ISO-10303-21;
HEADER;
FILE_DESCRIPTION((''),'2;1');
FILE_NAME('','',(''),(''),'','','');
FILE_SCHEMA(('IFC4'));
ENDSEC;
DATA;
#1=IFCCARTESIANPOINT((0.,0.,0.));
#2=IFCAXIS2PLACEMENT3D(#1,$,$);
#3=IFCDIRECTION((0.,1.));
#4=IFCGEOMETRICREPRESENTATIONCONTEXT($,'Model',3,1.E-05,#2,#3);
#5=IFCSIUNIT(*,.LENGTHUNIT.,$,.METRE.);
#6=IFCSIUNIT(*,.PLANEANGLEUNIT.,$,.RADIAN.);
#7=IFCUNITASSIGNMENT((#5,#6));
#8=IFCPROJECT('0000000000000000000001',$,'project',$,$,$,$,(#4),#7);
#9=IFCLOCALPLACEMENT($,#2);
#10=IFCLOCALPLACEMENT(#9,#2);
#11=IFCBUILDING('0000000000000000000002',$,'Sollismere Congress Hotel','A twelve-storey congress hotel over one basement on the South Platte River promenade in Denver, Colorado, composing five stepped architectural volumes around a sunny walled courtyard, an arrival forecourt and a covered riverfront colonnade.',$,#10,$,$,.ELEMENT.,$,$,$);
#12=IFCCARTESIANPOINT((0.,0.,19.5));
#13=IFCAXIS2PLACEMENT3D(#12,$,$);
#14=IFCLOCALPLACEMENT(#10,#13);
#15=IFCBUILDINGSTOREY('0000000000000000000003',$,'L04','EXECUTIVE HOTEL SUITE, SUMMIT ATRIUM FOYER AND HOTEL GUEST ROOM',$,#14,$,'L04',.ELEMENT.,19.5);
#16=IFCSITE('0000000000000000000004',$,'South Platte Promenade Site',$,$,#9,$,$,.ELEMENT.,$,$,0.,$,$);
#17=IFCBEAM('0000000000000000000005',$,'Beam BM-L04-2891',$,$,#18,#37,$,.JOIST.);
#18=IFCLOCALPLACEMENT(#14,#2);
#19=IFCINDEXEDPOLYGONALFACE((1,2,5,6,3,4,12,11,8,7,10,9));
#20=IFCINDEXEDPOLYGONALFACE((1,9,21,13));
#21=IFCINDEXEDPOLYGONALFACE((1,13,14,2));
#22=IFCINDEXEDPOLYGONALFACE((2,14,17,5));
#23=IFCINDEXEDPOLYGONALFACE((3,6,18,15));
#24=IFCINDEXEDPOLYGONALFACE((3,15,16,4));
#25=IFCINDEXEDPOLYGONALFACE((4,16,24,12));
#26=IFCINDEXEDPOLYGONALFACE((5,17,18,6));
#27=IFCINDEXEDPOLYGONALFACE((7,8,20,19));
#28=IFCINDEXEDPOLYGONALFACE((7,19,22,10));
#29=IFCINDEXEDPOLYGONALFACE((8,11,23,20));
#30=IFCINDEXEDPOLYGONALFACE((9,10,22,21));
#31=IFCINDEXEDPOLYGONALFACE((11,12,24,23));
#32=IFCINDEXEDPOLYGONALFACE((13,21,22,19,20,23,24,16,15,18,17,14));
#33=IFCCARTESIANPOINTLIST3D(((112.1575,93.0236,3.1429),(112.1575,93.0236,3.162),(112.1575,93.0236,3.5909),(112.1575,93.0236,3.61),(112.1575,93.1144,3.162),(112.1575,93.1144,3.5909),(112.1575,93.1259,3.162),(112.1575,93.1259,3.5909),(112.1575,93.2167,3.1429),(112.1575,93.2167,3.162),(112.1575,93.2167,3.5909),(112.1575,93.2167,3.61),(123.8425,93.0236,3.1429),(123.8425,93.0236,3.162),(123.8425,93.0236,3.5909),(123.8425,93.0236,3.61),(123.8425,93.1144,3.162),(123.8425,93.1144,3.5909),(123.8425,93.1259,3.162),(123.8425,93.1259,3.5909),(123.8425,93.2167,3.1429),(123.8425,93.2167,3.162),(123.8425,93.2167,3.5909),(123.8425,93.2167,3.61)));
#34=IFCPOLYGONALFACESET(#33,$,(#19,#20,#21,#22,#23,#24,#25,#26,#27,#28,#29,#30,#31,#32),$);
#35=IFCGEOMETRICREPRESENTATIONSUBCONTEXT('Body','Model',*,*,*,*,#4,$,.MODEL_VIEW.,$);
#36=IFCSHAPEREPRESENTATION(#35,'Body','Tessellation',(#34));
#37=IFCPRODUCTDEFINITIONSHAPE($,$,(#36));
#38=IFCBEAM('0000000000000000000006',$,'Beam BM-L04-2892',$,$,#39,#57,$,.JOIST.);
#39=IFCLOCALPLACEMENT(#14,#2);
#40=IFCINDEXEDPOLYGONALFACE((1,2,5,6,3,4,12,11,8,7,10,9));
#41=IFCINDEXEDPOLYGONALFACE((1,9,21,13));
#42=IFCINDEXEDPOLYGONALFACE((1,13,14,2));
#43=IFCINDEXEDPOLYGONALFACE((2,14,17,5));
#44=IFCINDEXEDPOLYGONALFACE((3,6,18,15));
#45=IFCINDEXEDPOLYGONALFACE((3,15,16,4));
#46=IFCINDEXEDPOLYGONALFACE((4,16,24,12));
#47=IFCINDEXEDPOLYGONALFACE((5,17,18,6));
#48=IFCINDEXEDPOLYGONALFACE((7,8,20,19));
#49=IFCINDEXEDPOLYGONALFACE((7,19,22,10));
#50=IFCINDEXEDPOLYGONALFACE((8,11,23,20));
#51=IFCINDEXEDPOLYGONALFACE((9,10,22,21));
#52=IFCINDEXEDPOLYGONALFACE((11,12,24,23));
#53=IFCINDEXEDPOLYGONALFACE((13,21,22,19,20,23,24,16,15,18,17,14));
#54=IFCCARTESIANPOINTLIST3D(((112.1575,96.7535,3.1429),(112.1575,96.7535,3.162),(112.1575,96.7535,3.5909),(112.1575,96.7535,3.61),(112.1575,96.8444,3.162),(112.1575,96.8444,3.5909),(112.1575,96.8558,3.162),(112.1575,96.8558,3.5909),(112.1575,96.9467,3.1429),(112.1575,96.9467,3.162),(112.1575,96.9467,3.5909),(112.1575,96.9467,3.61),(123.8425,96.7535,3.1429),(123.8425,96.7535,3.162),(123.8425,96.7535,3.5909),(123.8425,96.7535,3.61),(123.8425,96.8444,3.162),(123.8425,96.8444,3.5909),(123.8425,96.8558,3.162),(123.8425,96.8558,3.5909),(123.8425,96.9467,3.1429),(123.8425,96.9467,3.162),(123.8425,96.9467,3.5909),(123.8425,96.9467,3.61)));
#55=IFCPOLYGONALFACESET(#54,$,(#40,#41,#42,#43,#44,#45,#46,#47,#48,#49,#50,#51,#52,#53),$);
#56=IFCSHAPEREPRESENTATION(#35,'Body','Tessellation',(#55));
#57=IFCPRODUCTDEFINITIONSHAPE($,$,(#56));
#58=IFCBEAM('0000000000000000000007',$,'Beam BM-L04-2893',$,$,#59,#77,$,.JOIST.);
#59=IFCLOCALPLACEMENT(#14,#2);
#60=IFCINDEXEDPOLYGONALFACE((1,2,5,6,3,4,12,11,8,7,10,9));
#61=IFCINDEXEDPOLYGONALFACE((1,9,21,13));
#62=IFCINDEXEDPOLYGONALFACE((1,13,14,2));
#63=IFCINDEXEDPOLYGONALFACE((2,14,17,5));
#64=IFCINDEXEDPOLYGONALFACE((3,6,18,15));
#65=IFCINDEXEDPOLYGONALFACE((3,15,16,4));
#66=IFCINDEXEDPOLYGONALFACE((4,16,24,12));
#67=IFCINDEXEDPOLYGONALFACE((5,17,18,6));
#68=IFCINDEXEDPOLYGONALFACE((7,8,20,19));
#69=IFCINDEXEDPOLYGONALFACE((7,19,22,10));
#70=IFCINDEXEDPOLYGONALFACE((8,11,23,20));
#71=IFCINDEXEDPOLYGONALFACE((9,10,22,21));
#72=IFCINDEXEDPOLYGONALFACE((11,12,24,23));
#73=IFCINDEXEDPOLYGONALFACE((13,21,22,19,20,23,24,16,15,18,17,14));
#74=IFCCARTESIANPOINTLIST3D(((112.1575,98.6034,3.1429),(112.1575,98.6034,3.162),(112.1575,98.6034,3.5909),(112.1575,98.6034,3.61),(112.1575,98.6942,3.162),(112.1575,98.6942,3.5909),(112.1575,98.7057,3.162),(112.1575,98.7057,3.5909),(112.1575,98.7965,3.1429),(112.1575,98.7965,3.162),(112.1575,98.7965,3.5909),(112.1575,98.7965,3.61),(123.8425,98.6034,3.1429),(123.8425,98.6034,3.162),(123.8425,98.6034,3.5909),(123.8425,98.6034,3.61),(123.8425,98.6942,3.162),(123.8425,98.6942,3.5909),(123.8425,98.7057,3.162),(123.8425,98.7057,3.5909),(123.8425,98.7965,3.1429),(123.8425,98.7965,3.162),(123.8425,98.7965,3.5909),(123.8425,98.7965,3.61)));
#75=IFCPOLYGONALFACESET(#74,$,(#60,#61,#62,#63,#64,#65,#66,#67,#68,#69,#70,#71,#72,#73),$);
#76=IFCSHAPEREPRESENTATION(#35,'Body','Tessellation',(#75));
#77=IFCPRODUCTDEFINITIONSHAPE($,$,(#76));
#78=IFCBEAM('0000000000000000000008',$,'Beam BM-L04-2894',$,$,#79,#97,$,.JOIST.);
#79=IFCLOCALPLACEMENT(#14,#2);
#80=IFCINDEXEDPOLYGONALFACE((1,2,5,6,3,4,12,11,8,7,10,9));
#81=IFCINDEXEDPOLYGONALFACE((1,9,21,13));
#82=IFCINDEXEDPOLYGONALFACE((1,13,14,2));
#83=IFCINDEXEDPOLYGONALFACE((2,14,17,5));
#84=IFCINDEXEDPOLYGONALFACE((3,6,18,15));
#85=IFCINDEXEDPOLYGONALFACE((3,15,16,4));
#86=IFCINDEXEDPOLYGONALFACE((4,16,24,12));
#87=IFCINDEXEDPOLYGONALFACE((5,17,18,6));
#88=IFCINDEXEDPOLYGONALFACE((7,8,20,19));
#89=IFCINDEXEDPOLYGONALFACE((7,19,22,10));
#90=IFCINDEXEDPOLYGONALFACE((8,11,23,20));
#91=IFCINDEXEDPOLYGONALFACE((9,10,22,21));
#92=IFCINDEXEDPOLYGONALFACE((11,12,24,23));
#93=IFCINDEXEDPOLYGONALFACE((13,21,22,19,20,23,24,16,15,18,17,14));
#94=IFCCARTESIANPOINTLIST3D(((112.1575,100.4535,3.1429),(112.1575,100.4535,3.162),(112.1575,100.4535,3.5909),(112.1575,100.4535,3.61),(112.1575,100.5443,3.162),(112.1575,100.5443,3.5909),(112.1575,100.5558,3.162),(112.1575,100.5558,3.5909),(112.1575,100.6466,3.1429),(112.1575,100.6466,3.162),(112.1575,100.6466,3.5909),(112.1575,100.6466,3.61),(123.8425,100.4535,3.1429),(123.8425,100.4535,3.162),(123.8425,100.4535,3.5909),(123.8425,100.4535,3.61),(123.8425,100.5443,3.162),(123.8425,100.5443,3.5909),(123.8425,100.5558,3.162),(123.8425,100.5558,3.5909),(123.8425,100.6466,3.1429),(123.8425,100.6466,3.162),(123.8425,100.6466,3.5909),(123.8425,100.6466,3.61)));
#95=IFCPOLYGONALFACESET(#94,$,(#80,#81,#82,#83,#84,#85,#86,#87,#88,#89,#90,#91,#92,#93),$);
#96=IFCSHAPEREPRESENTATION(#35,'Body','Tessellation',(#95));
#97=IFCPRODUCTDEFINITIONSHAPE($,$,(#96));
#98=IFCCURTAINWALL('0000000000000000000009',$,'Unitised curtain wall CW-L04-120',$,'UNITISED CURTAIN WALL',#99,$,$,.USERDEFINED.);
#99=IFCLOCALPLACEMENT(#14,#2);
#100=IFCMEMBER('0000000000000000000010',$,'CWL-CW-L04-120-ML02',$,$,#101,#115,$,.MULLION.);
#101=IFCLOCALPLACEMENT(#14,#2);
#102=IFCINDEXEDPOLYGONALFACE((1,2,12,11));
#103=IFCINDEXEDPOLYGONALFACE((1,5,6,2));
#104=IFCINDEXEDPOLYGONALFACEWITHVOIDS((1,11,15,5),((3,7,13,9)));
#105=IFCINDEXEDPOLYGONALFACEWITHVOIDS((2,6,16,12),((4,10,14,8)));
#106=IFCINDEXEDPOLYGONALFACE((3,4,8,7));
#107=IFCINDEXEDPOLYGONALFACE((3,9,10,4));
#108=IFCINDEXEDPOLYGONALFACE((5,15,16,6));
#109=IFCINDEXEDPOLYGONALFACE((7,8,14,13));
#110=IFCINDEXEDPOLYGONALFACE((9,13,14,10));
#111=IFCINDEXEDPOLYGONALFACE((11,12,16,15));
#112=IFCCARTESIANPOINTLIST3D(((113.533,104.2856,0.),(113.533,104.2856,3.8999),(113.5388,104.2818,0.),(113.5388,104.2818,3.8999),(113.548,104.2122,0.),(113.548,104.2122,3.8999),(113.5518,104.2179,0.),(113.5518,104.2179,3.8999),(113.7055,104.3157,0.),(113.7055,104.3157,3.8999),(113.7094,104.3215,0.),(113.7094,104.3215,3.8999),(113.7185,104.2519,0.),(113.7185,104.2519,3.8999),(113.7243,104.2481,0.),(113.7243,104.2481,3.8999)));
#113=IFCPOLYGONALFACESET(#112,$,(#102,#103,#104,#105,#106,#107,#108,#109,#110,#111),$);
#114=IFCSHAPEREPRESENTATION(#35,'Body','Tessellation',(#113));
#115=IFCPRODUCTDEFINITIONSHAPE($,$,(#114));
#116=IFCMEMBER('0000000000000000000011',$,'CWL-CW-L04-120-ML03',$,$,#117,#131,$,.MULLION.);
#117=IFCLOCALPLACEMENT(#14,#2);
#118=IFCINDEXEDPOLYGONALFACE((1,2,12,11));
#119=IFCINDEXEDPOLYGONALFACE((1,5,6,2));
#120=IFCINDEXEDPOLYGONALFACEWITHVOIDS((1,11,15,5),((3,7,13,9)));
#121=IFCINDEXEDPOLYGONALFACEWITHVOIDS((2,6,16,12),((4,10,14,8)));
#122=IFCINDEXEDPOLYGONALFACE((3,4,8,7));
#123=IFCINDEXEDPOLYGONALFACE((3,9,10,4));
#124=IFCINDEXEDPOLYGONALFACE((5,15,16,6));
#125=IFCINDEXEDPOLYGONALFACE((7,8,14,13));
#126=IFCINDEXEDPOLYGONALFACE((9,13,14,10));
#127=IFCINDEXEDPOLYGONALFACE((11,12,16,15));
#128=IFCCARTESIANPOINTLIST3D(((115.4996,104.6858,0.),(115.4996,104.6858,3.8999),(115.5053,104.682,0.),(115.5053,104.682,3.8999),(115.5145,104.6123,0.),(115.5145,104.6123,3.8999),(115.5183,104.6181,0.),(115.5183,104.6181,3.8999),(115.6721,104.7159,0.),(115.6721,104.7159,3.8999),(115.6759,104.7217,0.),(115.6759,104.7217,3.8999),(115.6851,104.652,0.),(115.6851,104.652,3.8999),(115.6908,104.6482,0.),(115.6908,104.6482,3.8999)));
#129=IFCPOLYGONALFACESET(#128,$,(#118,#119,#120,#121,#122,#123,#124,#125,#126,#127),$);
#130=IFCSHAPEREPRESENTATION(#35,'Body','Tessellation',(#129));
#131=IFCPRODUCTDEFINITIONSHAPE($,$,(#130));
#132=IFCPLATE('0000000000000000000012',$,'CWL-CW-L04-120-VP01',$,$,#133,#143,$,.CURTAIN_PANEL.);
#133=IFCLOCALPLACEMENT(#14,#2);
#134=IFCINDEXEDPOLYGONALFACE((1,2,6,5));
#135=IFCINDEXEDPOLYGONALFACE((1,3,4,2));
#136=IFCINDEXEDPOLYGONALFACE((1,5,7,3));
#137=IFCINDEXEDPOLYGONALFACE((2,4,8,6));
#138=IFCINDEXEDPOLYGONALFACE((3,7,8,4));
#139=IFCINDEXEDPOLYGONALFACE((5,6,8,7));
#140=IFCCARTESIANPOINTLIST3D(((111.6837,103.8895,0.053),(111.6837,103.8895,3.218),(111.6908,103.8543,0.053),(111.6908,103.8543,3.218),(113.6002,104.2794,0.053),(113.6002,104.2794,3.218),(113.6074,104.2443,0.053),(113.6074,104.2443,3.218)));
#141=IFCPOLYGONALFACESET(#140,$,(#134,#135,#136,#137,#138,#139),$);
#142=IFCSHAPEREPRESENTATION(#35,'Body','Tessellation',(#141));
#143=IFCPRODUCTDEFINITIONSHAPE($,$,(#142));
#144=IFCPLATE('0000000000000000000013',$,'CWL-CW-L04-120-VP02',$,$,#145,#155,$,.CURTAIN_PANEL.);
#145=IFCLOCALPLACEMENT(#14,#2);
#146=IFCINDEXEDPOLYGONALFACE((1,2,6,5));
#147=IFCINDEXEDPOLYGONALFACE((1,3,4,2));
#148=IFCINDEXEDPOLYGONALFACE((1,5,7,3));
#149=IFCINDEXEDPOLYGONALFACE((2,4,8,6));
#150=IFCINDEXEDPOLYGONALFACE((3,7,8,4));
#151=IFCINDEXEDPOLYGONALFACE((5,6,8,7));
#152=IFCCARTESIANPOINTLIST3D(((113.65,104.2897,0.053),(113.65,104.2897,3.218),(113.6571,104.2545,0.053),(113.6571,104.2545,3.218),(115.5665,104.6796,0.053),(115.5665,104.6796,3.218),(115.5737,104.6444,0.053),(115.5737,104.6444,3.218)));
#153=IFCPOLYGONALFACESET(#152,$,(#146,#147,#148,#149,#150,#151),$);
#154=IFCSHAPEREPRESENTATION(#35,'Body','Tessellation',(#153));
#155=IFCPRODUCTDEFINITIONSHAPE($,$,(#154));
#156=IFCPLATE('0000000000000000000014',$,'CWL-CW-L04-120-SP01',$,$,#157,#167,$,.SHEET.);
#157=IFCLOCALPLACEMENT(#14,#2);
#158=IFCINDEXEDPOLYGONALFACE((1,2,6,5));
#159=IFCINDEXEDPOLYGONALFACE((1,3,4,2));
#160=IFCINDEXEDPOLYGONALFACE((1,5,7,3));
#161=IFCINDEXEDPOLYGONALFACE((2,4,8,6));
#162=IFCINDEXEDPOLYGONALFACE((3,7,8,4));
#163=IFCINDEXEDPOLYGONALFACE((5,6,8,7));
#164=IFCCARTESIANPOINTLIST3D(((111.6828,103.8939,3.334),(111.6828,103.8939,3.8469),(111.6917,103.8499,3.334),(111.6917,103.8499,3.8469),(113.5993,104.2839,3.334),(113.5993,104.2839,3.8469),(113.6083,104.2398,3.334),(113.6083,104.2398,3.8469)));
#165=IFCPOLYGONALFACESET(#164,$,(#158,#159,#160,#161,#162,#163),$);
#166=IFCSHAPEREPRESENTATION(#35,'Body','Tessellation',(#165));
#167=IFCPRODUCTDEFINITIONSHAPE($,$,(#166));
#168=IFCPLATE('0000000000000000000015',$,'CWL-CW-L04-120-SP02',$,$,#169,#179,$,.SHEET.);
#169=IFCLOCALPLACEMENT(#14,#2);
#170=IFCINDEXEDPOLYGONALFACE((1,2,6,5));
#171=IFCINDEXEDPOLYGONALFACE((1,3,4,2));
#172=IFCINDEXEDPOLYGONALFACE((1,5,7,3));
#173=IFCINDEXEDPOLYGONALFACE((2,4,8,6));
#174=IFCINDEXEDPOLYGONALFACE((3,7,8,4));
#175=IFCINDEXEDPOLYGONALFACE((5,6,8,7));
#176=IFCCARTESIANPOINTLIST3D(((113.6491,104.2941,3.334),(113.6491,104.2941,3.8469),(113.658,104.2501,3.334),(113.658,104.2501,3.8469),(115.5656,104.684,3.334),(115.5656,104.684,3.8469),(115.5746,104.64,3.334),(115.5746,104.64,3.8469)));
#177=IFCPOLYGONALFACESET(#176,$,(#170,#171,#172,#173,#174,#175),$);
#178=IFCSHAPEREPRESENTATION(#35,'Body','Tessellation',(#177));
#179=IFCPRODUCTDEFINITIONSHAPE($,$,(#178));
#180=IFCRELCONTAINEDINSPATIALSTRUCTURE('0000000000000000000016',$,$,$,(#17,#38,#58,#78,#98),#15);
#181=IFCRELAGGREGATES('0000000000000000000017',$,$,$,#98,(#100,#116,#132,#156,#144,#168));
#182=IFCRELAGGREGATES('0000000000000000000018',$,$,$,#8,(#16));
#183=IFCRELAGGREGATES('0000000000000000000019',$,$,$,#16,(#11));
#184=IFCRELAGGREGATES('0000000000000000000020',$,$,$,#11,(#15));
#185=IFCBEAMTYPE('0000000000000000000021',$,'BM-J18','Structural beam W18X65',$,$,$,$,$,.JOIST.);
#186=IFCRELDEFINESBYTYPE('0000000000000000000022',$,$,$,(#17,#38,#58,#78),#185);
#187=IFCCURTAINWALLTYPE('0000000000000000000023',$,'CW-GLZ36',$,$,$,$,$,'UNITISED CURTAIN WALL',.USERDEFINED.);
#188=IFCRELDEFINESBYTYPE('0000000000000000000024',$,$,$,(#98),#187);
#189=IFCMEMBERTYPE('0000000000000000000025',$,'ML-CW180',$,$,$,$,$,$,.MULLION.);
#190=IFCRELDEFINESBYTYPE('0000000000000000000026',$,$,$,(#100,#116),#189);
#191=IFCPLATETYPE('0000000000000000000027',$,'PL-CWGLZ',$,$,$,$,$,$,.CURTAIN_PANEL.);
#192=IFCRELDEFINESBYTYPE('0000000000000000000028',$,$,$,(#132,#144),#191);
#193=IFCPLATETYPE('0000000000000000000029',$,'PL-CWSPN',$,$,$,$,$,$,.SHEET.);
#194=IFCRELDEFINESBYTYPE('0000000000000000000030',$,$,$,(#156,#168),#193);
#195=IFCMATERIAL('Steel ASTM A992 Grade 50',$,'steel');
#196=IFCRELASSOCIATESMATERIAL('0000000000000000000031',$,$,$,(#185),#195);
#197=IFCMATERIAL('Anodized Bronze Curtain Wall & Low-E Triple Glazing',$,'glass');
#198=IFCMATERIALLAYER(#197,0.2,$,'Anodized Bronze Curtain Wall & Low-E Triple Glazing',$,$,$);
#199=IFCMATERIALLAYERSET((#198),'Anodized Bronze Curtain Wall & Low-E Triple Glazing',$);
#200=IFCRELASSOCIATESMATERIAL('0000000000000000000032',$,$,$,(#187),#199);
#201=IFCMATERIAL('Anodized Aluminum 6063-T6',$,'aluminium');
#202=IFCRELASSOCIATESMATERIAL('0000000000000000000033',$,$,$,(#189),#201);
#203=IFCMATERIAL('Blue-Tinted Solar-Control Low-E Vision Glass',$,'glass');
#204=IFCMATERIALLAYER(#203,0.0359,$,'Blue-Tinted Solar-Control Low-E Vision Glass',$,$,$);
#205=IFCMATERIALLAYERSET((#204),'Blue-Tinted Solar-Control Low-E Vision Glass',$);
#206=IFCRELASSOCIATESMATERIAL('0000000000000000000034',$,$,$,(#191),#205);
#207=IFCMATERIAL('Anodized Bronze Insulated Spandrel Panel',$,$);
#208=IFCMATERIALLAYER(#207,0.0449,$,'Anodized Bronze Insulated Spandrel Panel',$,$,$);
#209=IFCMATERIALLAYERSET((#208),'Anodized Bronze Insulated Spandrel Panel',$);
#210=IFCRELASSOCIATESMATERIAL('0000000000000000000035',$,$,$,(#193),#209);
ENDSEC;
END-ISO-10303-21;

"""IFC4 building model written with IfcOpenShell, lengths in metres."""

from ifc_helpers import new_model, si_unit, direction, frame, origin, origin_2d, place, context, subcontext, project, spatial, rectangle, hollow_rectangle, i_section, extrude, material, layer, layer_set, material_profile, profile_set, type_object, element, aggregate, save


model = new_model("IFC4")

# Units and contexts
model_context = context("Model", 3, precision=1e-05, world=origin(), true_north=direction((0.0, 1.0)))
body_context = subcontext(model_context, "Body", "Model", "MODEL_VIEW")
ifc_project = project(units=[si_unit("LENGTHUNIT", "METRE"), si_unit("PLANEANGLEUNIT", "RADIAN")], contexts=[model_context])

# Site, building, storey
site_placement = place(None, origin())
site = spatial("IfcSite", under=ifc_project, at=site_placement, Name="South Platte Promenade Site", CompositionType="ELEMENT", RefElevation=0.0)
building_placement = place(site_placement, origin())
building = spatial("IfcBuilding", under=site, at=building_placement, Name="Sollismere Congress Hotel", Description="A twelve-storey congress hotel over one basement on the South Platte River promenade in Denver, Colorado, composing five stepped architectural volumes around a sunny walled courtyard, an arrival forecourt and a covered riverfront colonnade.", CompositionType="ELEMENT")
storey_placement = place(building_placement, frame((0.0, 0.0, 19.5)))
storey = spatial("IfcBuildingStorey", under=building, at=storey_placement, Name="L04", Description="EXECUTIVE HOTEL SUITE, SUMMIT ATRIUM FOYER AND HOTEL GUEST ROOM", LongName="L04", CompositionType="ELEMENT", Elevation=19.5)

# Shared definitions
ifc_material_1 = material(Name="Steel ASTM A992 Grade 50", Category="steel")

# Beams
ifc_material_profile_1 = material_profile(ifc_material_1, i_section(OverallWidth=0.1931, OverallDepth=0.467, WebThickness=0.0115, FlangeThickness=0.019, at=origin_2d()), Name="W18X65")
ifc_profile_set_1 = profile_set([ifc_material_profile_1], Name="Steel ASTM A992 Grade 50")
beam_type_1 = type_object("IfcBeamType", Name="BM-J18", Description="Structural beam W18X65", PredefinedType="JOIST", material=ifc_profile_set_1)
for number, where, z_axis, x_axis, name in (
    (1, (112.1575, 93.1201, 3.3765), (1.0, 0.0, 0.0), (0.0, 1.0, 0.0), "Beam BM-L04-2891"),
    (2, (112.1575, 96.8501, 3.3765), (1.0, 0.0, 0.0), (0.0, 1.0, 0.0), "Beam BM-L04-2892"),
    (3, (112.1575, 98.7, 3.3765), (1.0, 0.0, 0.0), (0.0, 1.0, 0.0), "Beam BM-L04-2893"),
    (4, (112.1575, 100.55, 3.3765), (1.0, 0.0, 0.0), (0.0, 1.0, 0.0), "Beam BM-L04-2894"),
):
    element("IfcBeam", number, at=place(storey_placement, frame(where, z_axis=z_axis, x_axis=x_axis)), inside=storey, type_object=beam_type_1, Name=name, PredefinedType="JOIST", context=body_context, shape_type="SweptSolid", body=[
        extrude(i_section(OverallWidth=0.1931, OverallDepth=0.467, WebThickness=0.0115, FlangeThickness=0.019, at=origin_2d()), origin(), (0.0, 0.0, 1.0), 11.6851),
    ])

# Curtain wall, members, plates
ifc_material_2 = material(Name="Anodized Bronze Curtain Wall & Low-E Triple Glazing", Category="glass")
ifc_layer_1 = layer(ifc_material_2, 0.2, Name="Anodized Bronze Curtain Wall & Low-E Triple Glazing")
ifc_layer_set_1 = layer_set([ifc_layer_1], Name="Anodized Bronze Curtain Wall & Low-E Triple Glazing")
curtain_wall_type = type_object("IfcCurtainWallType", Name="CW-GLZ36", ElementType="UNITISED CURTAIN WALL", PredefinedType="USERDEFINED", material=ifc_layer_set_1)
curtain_wall_placement = place(storey_placement, origin())
curtain_wall = element("IfcCurtainWall", 5, at=curtain_wall_placement, inside=storey, type_object=curtain_wall_type, Name="Unitised curtain wall CW-L04-120", ObjectType="UNITISED CURTAIN WALL", PredefinedType="USERDEFINED")
ifc_material_3 = material(Name="Anodized Aluminum 6063-T6", Category="aluminium")
ifc_material_profile_2 = material_profile(ifc_material_3, hollow_rectangle(XDim=0.075, YDim=0.1799, WallThickness=0.0049, at=origin_2d()), Name="ALU180X75X5")
ifc_profile_set_2 = profile_set([ifc_material_profile_2], Name="Anodized Aluminum 6063-T6")
member_type = type_object("IfcMemberType", Name="ML-CW180", PredefinedType="MULLION", material=ifc_profile_set_2)
member_1_placement = place(storey_placement, frame((113.6287, 104.2668, 0.0), z_axis=(0.0, 0.0, 1.0), x_axis=(-0.199368, 0.979925, 0.0)))
member_1 = element("IfcMember", 6, at=member_1_placement, type_object=member_type, Name="CWL-CW-L04-120-ML02", PredefinedType="MULLION", context=body_context, shape_type="SweptSolid", body=[
    extrude(hollow_rectangle(XDim=0.075, YDim=0.1799, WallThickness=0.0049, at=origin_2d()), origin(), (0.0, 0.0, 1.0), 3.8999),
])
member_2_placement = place(storey_placement, frame((115.5952, 104.667, 0.0), z_axis=(0.0, 0.0, 1.0), x_axis=(-0.199368, 0.979925, 0.0)))
member_2 = element("IfcMember", 7, at=member_2_placement, type_object=member_type, Name="CWL-CW-L04-120-ML03", PredefinedType="MULLION", context=body_context, shape_type="SweptSolid", body=[
    extrude(hollow_rectangle(XDim=0.075, YDim=0.1799, WallThickness=0.0049, at=origin_2d()), origin(), (0.0, 0.0, 1.0), 3.8999),
])
ifc_material_4 = material(Name="Blue-Tinted Solar-Control Low-E Vision Glass", Category="glass")
ifc_layer_2 = layer(ifc_material_4, 0.0359, Name="Blue-Tinted Solar-Control Low-E Vision Glass")
ifc_layer_set_2 = layer_set([ifc_layer_2], Name="Blue-Tinted Solar-Control Low-E Vision Glass")
plate_type_1 = type_object("IfcPlateType", Name="PL-CWGLZ", PredefinedType="CURTAIN_PANEL", material=ifc_layer_set_2)
plate_1_placement = place(storey_placement, frame((112.6455, 104.0669, 0.053), z_axis=(0.0, 0.0, 1.0), x_axis=(0.979925, 0.199368, 0.0)))
plate_1 = element("IfcPlate", 8, at=plate_1_placement, type_object=plate_type_1, Name="CWL-CW-L04-120-VP01", PredefinedType="CURTAIN_PANEL", context=body_context, shape_type="SweptSolid", body=[
    extrude(rectangle(XDim=1.9558, YDim=0.0359, at=origin_2d()), origin(), (0.0, 0.0, 1.0), 3.165),
])
plate_2_placement = place(storey_placement, frame((114.6118, 104.467, 0.053), z_axis=(0.0, 0.0, 1.0), x_axis=(0.979925, 0.199368, 0.0)))
plate_2 = element("IfcPlate", 9, at=plate_2_placement, type_object=plate_type_1, Name="CWL-CW-L04-120-VP02", PredefinedType="CURTAIN_PANEL", context=body_context, shape_type="SweptSolid", body=[
    extrude(rectangle(XDim=1.9558, YDim=0.0359, at=origin_2d()), origin(), (0.0, 0.0, 1.0), 3.165),
])
ifc_material_5 = material(Name="Anodized Bronze Insulated Spandrel Panel")
ifc_layer_3 = layer(ifc_material_5, 0.0449, Name="Anodized Bronze Insulated Spandrel Panel")
ifc_layer_set_3 = layer_set([ifc_layer_3], Name="Anodized Bronze Insulated Spandrel Panel")
plate_type_2 = type_object("IfcPlateType", Name="PL-CWSPN", PredefinedType="SHEET", material=ifc_layer_set_3)
plate_3_placement = place(storey_placement, frame((112.6455, 104.0669, 3.334), z_axis=(0.0, 0.0, 1.0), x_axis=(0.979925, 0.199368, 0.0)))
plate_3 = element("IfcPlate", 10, at=plate_3_placement, type_object=plate_type_2, Name="CWL-CW-L04-120-SP01", PredefinedType="SHEET", context=body_context, shape_type="SweptSolid", body=[
    extrude(rectangle(XDim=1.9558, YDim=0.0449, at=origin_2d()), origin(), (0.0, 0.0, 1.0), 0.5129),
])
plate_4_placement = place(storey_placement, frame((114.6118, 104.467, 3.334), z_axis=(0.0, 0.0, 1.0), x_axis=(0.979925, 0.199368, 0.0)))
plate_4 = element("IfcPlate", 11, at=plate_4_placement, type_object=plate_type_2, Name="CWL-CW-L04-120-SP02", PredefinedType="SHEET", context=body_context, shape_type="SweptSolid", body=[
    extrude(rectangle(XDim=1.9558, YDim=0.0449, at=origin_2d()), origin(), (0.0, 0.0, 1.0), 0.5129),
])
aggregate(curtain_wall, [member_1, member_2, plate_1, plate_3, plate_2, plate_4])

save(model, "model.ifc")
